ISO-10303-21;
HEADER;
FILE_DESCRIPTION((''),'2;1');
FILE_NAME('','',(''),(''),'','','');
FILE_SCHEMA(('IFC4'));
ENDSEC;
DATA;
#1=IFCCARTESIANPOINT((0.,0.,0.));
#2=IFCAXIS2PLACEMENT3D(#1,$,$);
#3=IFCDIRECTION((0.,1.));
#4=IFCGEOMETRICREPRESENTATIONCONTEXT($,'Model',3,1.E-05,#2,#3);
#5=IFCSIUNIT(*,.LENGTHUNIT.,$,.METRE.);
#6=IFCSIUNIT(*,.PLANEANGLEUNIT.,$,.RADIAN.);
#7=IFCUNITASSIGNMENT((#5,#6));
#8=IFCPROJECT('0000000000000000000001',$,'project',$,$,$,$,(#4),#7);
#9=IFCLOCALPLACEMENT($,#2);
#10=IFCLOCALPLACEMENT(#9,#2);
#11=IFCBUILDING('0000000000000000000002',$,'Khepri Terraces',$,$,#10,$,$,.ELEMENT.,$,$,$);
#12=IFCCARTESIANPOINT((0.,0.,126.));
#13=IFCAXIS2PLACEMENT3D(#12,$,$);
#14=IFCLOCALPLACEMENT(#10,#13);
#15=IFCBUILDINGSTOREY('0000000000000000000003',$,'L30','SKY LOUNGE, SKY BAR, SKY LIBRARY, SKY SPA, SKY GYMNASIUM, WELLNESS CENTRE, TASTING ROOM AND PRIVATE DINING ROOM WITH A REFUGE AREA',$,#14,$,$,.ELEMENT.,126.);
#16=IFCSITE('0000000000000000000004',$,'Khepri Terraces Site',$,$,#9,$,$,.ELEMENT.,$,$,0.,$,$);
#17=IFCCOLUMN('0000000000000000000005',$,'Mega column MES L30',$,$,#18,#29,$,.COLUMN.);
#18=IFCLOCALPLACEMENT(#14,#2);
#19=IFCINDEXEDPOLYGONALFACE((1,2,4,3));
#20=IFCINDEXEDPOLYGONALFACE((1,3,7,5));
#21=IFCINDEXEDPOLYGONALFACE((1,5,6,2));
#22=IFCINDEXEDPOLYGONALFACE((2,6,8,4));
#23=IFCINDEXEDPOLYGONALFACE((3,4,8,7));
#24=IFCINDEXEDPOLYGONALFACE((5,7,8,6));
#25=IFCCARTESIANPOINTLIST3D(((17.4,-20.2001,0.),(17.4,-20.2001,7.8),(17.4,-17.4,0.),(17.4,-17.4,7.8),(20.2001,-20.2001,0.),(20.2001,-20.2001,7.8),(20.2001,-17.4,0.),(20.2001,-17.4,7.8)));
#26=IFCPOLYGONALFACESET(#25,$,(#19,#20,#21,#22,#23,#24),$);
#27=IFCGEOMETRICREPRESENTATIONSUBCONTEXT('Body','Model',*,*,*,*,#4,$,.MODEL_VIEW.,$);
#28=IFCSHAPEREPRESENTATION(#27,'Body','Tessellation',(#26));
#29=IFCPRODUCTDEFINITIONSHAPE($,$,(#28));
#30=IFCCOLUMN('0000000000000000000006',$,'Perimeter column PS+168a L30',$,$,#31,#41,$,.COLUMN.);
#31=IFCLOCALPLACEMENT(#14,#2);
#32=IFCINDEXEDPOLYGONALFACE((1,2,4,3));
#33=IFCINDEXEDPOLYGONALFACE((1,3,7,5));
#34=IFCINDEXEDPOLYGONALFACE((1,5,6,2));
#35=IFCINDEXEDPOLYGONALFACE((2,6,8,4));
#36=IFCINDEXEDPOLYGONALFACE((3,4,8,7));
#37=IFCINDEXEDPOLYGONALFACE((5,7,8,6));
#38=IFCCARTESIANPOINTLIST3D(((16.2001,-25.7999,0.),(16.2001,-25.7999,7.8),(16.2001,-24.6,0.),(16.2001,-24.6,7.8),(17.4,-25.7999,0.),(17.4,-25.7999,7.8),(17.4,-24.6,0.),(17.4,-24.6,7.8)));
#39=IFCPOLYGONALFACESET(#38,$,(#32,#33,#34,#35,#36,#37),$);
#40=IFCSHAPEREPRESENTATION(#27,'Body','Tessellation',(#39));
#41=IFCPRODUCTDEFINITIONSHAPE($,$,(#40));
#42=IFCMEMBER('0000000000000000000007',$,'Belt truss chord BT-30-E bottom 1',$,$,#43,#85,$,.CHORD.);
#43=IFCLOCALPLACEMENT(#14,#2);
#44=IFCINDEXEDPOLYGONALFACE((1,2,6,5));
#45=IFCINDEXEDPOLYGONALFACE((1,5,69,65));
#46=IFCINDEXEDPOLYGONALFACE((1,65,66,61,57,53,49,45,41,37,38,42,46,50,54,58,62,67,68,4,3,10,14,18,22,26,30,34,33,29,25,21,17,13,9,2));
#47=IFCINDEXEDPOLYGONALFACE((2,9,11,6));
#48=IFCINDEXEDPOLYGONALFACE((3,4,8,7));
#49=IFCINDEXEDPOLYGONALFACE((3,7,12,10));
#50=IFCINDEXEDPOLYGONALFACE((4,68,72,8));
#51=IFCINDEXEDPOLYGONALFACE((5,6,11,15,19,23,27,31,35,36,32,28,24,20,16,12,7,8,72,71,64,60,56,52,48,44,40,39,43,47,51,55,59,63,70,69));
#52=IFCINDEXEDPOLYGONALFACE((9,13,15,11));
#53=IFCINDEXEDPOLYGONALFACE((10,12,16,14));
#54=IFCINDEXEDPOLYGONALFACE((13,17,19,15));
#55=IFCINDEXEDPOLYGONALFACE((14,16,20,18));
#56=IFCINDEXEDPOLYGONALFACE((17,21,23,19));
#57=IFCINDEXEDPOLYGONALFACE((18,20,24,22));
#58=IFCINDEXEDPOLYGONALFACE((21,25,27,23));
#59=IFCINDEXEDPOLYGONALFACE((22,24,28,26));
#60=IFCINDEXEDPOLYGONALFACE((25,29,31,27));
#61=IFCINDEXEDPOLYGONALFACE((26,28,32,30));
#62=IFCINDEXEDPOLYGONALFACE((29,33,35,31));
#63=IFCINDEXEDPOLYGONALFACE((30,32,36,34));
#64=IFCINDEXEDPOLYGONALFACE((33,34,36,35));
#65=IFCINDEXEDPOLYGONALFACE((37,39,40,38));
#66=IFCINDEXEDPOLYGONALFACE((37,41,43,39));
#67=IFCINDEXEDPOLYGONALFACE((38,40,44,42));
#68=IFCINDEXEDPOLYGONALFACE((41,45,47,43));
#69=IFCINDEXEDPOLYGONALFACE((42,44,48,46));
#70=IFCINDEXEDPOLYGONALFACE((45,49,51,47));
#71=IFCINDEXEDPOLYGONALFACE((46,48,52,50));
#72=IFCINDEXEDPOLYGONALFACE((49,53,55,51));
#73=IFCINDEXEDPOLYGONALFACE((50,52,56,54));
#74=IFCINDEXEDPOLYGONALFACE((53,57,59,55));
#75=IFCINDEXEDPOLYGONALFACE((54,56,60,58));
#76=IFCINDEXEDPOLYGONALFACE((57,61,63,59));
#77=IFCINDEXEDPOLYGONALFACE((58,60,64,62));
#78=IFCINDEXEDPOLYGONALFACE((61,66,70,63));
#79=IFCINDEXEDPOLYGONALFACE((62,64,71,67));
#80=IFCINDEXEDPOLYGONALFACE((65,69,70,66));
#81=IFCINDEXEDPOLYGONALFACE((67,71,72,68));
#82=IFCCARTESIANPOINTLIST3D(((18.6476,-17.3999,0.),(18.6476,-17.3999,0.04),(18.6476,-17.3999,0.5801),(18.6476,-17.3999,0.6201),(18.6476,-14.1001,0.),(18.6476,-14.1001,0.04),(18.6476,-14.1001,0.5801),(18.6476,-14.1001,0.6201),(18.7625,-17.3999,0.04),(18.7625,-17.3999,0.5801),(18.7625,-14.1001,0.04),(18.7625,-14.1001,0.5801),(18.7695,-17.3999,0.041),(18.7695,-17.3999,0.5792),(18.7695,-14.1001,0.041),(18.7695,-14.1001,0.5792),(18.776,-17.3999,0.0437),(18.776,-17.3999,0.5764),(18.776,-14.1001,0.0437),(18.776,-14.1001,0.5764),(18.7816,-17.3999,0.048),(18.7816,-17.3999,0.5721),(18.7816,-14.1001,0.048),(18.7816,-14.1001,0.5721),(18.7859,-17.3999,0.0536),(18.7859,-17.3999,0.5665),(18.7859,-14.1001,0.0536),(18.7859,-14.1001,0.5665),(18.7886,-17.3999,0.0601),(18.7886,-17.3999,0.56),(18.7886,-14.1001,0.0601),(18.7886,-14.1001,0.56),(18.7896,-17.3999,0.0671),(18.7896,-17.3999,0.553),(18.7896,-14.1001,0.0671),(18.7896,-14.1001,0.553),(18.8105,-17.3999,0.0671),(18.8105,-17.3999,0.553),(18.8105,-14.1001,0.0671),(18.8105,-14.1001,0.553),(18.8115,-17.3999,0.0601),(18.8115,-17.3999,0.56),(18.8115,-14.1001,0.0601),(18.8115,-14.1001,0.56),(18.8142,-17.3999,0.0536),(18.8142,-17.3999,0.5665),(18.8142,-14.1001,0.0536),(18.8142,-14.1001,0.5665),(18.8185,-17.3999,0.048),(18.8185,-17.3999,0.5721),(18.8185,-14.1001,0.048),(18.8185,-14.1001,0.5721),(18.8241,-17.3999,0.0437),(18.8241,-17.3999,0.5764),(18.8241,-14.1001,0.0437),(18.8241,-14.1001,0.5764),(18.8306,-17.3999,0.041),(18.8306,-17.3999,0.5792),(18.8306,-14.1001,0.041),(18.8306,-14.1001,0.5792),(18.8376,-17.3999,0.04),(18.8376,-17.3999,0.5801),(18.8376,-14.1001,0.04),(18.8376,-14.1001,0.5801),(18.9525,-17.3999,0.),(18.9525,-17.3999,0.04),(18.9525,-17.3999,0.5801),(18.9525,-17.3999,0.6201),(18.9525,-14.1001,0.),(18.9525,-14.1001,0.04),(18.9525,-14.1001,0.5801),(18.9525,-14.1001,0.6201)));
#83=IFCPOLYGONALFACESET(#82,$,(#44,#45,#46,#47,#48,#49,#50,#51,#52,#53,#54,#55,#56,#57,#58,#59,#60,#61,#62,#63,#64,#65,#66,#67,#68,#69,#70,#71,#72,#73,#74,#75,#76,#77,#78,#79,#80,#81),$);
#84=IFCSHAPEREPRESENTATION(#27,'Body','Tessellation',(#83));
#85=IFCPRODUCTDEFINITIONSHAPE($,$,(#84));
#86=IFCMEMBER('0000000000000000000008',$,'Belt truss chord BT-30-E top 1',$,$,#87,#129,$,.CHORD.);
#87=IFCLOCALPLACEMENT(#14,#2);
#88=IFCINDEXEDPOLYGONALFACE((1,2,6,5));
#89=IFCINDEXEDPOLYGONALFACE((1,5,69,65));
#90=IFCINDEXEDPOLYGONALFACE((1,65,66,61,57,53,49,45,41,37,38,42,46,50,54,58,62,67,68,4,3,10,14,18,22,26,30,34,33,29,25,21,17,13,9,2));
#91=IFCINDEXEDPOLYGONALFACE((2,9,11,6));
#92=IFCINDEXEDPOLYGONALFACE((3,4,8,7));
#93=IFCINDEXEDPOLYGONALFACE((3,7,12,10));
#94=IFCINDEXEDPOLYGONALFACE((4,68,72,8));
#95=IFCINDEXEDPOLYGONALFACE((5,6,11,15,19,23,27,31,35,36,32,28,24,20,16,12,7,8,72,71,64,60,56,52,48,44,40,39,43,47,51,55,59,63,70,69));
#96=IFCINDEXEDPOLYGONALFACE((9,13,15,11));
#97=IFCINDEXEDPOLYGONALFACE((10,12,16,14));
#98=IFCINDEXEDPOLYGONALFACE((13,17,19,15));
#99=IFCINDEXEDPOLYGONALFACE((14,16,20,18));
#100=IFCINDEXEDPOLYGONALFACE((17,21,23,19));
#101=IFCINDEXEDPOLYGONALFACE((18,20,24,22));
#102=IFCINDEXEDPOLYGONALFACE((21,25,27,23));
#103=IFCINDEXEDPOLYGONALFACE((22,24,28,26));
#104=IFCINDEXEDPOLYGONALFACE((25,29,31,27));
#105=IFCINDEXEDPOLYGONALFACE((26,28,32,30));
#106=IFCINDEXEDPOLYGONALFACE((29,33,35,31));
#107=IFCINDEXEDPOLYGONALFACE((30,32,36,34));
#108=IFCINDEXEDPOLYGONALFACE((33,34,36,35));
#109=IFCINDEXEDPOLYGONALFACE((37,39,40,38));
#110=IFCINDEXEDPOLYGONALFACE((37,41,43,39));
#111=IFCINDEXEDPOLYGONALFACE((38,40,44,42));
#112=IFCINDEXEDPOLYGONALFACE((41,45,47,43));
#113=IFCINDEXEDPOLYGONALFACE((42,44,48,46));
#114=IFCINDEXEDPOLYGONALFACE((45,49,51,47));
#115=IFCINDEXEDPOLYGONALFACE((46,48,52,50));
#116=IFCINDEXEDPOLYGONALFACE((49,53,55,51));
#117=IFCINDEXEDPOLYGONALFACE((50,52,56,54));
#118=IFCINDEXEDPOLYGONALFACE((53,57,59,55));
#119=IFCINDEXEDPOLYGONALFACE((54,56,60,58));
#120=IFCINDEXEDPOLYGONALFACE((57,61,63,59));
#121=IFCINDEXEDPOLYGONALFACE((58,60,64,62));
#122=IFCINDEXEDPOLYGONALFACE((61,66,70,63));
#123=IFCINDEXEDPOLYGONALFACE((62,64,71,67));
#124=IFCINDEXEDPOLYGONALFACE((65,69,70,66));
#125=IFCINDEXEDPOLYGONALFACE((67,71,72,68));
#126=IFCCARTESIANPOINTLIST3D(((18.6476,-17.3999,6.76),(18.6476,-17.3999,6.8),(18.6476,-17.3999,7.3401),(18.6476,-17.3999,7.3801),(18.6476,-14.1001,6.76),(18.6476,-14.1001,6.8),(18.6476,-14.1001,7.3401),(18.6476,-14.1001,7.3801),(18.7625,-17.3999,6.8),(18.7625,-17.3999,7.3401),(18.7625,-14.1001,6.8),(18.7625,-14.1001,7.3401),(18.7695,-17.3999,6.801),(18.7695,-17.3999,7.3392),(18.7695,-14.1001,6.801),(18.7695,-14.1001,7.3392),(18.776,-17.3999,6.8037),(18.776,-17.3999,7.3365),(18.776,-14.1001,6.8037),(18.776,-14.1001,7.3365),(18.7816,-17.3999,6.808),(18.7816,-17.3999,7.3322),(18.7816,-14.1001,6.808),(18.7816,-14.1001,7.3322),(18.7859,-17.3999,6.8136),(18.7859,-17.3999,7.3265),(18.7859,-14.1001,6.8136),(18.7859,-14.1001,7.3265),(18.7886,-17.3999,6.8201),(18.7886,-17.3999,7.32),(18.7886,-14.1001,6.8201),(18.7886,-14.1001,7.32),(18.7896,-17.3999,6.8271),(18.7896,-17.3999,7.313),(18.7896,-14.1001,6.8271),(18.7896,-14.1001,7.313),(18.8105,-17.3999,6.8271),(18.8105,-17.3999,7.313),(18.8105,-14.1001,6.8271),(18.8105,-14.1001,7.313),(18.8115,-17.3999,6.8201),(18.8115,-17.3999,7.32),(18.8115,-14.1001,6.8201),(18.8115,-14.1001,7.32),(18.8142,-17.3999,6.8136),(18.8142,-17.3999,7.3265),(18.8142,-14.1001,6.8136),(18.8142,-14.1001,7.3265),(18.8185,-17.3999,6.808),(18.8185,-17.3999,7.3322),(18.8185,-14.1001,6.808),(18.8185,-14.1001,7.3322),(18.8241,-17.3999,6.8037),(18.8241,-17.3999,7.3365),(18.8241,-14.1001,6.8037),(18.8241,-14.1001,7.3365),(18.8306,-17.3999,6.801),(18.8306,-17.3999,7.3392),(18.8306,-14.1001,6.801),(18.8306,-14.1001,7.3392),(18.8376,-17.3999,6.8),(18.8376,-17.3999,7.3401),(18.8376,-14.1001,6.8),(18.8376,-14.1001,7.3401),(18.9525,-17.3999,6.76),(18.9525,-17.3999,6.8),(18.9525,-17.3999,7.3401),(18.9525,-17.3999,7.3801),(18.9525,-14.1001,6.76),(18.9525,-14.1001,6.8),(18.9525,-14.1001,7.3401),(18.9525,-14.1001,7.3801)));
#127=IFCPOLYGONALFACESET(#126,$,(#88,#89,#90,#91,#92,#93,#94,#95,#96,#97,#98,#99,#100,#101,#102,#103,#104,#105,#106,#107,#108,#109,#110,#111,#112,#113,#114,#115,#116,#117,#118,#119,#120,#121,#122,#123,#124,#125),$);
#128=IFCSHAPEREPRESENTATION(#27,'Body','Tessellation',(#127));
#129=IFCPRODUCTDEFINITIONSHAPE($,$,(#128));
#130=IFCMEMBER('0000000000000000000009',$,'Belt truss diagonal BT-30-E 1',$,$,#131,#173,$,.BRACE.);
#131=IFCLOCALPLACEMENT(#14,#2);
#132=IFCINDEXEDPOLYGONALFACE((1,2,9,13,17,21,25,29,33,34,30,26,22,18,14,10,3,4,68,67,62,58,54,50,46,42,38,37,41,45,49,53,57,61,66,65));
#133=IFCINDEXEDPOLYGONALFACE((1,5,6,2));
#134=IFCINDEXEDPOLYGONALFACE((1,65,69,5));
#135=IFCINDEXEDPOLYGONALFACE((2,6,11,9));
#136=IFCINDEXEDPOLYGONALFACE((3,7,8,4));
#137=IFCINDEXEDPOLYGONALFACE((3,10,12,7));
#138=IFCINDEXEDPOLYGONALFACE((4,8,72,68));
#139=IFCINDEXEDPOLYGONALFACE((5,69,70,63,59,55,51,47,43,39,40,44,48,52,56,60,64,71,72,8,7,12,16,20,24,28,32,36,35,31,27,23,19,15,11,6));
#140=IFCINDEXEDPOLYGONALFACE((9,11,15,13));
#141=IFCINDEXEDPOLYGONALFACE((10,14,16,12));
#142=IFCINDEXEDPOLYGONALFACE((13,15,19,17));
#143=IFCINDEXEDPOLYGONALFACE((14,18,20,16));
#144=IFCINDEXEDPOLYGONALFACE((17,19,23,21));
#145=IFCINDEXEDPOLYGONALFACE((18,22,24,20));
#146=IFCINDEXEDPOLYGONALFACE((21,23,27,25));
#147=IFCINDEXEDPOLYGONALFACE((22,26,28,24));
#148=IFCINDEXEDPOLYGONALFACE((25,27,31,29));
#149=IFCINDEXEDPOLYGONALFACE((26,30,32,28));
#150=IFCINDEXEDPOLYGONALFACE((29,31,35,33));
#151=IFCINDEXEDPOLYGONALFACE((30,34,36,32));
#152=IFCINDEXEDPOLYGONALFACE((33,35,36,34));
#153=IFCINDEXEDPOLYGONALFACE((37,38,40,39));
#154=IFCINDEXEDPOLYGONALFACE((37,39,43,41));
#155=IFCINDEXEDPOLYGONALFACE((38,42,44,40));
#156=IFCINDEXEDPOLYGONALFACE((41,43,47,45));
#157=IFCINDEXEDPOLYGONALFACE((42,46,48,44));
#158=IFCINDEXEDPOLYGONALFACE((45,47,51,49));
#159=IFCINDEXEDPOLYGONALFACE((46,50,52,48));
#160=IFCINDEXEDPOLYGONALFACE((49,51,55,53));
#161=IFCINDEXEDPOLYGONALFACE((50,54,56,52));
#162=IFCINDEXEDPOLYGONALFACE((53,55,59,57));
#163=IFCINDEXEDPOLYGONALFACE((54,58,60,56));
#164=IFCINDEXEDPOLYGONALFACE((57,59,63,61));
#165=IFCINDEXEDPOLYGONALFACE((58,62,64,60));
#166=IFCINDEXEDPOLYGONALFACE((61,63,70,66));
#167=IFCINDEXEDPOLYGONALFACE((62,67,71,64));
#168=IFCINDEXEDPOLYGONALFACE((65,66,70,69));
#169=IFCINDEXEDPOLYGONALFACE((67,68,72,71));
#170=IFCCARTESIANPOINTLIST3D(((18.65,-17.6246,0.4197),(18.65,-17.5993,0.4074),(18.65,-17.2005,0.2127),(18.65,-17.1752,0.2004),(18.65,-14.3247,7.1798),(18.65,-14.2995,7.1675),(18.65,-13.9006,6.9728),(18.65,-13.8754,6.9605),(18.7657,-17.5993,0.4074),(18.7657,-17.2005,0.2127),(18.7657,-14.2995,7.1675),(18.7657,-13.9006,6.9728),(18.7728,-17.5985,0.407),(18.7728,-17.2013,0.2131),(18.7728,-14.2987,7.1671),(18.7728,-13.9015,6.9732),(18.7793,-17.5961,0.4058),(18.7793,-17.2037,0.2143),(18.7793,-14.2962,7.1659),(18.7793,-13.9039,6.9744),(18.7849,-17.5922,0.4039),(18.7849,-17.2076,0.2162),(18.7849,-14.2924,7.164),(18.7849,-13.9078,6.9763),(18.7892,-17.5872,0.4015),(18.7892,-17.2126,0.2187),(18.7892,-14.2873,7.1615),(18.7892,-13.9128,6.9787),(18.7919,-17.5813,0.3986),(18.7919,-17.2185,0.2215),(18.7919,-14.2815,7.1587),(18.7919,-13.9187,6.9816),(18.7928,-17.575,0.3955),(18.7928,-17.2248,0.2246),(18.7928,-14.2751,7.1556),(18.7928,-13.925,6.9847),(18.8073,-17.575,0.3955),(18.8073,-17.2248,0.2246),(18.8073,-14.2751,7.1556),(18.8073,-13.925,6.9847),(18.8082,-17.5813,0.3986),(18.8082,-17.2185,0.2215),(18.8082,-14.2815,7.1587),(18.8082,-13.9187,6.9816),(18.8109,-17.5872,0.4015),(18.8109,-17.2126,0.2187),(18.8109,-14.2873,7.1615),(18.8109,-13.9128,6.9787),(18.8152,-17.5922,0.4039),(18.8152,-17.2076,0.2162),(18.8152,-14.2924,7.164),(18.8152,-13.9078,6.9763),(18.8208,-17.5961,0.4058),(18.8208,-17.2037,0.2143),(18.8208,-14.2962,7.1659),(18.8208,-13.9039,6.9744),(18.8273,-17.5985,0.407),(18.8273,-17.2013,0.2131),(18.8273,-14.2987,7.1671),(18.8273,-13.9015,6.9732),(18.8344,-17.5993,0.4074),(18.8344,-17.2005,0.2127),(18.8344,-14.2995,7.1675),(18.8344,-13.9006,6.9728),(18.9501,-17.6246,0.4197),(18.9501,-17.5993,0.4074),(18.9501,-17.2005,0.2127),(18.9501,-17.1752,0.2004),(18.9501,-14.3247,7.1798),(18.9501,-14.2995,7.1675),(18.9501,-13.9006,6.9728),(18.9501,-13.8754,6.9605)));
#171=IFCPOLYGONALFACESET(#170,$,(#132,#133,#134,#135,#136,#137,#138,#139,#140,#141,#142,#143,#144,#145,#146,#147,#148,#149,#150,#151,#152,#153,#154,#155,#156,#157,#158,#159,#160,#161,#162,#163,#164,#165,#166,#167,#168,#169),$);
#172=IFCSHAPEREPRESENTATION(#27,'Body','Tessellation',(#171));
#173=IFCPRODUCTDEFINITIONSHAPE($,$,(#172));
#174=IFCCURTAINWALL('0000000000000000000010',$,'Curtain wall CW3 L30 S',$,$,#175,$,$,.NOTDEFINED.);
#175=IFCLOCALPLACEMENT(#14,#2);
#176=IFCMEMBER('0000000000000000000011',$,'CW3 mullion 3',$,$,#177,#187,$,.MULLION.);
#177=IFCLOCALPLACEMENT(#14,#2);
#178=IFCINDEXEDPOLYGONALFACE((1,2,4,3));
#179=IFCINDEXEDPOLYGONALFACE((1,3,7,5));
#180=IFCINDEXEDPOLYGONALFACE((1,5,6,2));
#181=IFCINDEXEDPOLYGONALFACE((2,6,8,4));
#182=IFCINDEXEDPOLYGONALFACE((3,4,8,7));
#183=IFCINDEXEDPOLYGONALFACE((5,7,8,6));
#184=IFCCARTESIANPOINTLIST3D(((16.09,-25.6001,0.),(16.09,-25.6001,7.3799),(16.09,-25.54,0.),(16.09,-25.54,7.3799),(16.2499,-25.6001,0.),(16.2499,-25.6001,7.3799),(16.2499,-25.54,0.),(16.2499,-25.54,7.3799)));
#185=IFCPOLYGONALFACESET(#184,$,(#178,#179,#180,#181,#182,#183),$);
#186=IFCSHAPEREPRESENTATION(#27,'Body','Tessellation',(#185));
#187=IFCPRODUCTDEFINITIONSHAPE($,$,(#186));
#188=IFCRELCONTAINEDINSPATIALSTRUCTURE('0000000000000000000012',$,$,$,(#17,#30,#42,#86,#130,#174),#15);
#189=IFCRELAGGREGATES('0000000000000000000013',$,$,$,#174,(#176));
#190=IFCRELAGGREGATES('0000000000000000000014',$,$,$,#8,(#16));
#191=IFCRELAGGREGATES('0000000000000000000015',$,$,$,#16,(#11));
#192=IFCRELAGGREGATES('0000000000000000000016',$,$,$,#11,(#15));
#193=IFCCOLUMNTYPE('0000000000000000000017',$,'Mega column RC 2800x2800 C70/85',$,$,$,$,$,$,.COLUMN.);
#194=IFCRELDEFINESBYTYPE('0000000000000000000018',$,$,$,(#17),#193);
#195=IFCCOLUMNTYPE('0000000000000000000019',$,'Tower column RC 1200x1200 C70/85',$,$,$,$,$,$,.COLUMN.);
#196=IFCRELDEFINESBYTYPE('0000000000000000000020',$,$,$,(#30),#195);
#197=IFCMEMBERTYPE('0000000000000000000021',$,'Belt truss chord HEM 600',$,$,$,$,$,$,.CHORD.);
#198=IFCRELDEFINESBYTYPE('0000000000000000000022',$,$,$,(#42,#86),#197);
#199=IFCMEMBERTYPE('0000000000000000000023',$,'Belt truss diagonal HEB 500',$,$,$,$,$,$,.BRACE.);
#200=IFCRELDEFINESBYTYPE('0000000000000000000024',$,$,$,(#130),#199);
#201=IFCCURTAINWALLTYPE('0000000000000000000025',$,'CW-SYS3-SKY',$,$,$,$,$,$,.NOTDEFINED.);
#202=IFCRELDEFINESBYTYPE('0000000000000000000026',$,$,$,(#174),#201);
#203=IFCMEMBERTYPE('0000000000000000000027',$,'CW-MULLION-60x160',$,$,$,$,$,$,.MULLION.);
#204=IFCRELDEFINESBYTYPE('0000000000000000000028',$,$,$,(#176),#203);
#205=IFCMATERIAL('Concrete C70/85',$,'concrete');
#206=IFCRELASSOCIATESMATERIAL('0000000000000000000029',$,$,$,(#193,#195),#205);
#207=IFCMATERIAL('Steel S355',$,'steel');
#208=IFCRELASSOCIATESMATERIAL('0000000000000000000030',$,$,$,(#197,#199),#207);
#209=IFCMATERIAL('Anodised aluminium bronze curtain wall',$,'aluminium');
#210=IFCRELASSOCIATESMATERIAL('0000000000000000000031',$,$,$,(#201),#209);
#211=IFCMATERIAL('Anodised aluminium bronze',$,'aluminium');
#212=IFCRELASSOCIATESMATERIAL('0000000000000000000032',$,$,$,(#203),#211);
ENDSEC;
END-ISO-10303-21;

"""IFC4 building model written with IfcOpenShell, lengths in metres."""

from ifc_helpers import new_model, si_unit, direction, frame, origin, origin_2d, place, context, subcontext, project, spatial, rectangle, i_section, extrude, material, material_profile, profile_set, type_object, element, aggregate, save


model = new_model("IFC4")

# Units and contexts
model_context = context("Model", 3, precision=1e-05, world=origin(), true_north=direction((0.0, 1.0)))
body_context = subcontext(model_context, "Body", "Model", "MODEL_VIEW")
ifc_project = project(units=[si_unit("LENGTHUNIT", "METRE"), si_unit("PLANEANGLEUNIT", "RADIAN")], contexts=[model_context])

# Site, building, storey
site_placement = place(None, origin())
site = spatial("IfcSite", under=ifc_project, at=site_placement, Name="Khepri Terraces Site", CompositionType="ELEMENT", RefElevation=0.0)
building_placement = place(site_placement, origin())
building = spatial("IfcBuilding", under=site, at=building_placement, Name="Khepri Terraces", CompositionType="ELEMENT")
storey_placement = place(building_placement, frame((0.0, 0.0, 126.0)))
storey = spatial("IfcBuildingStorey", under=building, at=storey_placement, Name="L30", Description="SKY LOUNGE, SKY BAR, SKY LIBRARY, SKY SPA, SKY GYMNASIUM, WELLNESS CENTRE, TASTING ROOM AND PRIVATE DINING ROOM WITH A REFUGE AREA", CompositionType="ELEMENT", Elevation=126.0)

# Columns
ifc_material_1 = material(Name="Concrete C70/85", Category="concrete")
ifc_material_profile_1 = material_profile(ifc_material_1, rectangle(XDim=2.8, YDim=2.8, at=origin_2d()), Name="Concrete C70/85", Category="concrete")
ifc_profile_set_1 = profile_set([ifc_material_profile_1], Name="Concrete C70/85")
column_type_1 = type_object("IfcColumnType", Name="Mega column RC 2800x2800 C70/85", PredefinedType="COLUMN", material=ifc_profile_set_1)
column_1_placement = place(storey_placement, frame((18.8, -18.8, 0.0), z_axis=(0.0, 0.0, 1.0), x_axis=(1.0, 0.0, 0.0)))
element("IfcColumn", 1, at=column_1_placement, inside=storey, type_object=column_type_1, Name="Mega column MES L30", PredefinedType="COLUMN", context=body_context, shape_type="SweptSolid", body=[
    extrude(rectangle(XDim=2.8, YDim=2.8, at=origin_2d()), origin(), (0.0, 0.0, 1.0), 7.8),
])
ifc_material_profile_2 = material_profile(ifc_material_1, rectangle(XDim=1.2, YDim=1.2, at=origin_2d()), Name="Concrete C70/85", Category="concrete")
ifc_profile_set_2 = profile_set([ifc_material_profile_2], Name="Concrete C70/85")
column_type_2 = type_object("IfcColumnType", Name="Tower column RC 1200x1200 C70/85", PredefinedType="COLUMN", material=ifc_profile_set_2)
column_2_placement = place(storey_placement, frame((16.8, -25.2, 0.0), z_axis=(0.0, 0.0, 1.0), x_axis=(1.0, 0.0, 0.0)))
element("IfcColumn", 2, at=column_2_placement, inside=storey, type_object=column_type_2, Name="Perimeter column PS+168a L30", PredefinedType="COLUMN", context=body_context, shape_type="SweptSolid", body=[
    extrude(rectangle(XDim=1.2, YDim=1.2, at=origin_2d()), origin(), (0.0, 0.0, 1.0), 7.8),
])

# Members
ifc_material_2 = material(Name="Steel S355", Category="steel")
ifc_material_profile_3 = material_profile(ifc_material_2, i_section(OverallWidth=0.3049, OverallDepth=0.6201, WebThickness=0.021, FlangeThickness=0.04, FilletRadius=0.0271, at=origin_2d()), Name="Steel S355", Category="steel")
ifc_profile_set_3 = profile_set([ifc_material_profile_3], Name="Steel S355")
member_type_1 = type_object("IfcMemberType", Name="Belt truss chord HEM 600", PredefinedType="CHORD", material=ifc_profile_set_3)
for number, where, z_axis, x_axis, name in (
    (3, (18.8, -17.3999, 0.3101), (0.0, 1.0, 0.0), (-1.0, 0.0, 0.0), "Belt truss chord BT-30-E bottom 1"),
    (4, (18.8, -17.3999, 7.0701), (0.0, 1.0, 0.0), (-1.0, 0.0, 0.0), "Belt truss chord BT-30-E top 1"),
):
    element("IfcMember", number, at=place(storey_placement, frame(where, z_axis=z_axis, x_axis=x_axis)), inside=storey, type_object=member_type_1, Name=name, PredefinedType="CHORD", context=body_context, shape_type="SweptSolid", body=[
        extrude(i_section(OverallWidth=0.3049, OverallDepth=0.6201, WebThickness=0.021, FlangeThickness=0.04, FilletRadius=0.0271, at=origin_2d()), origin(), (0.0, 0.0, 1.0), 3.2998),
    ])
ifc_material_profile_4 = material_profile(ifc_material_2, i_section(OverallWidth=0.3, OverallDepth=0.5, WebThickness=0.0144, FlangeThickness=0.0281, FilletRadius=0.0271, at=origin_2d()), Name="Steel S355", Category="steel")
ifc_profile_set_4 = profile_set([ifc_material_profile_4], Name="Steel S355")
member_type_2 = type_object("IfcMemberType", Name="Belt truss diagonal HEB 500", PredefinedType="BRACE", material=ifc_profile_set_4)
member_1_placement = place(storey_placement, frame((18.8, -17.3999, 0.3101), z_axis=(0.0, 0.438664, 0.898651), x_axis=(-1.0, 0.0, 0.0)))
element("IfcMember", 5, at=member_1_placement, inside=storey, type_object=member_type_2, Name="Belt truss diagonal BT-30-E 1", PredefinedType="BRACE", context=body_context, shape_type="SweptSolid", body=[
    extrude(i_section(OverallWidth=0.3, OverallDepth=0.5, WebThickness=0.0144, FlangeThickness=0.0281, FilletRadius=0.0271, at=origin_2d()), origin(), (0.0, 0.0, 1.0), 7.5225),
])

# Curtain wall, member
ifc_material_3 = material(Name="Anodised aluminium bronze curtain wall", Category="aluminium")
curtain_wall_type = type_object("IfcCurtainWallType", Name="CW-SYS3-SKY", PredefinedType="NOTDEFINED", material=ifc_material_3)
curtain_wall_1_placement = place(storey_placement, origin())
curtain_wall_1 = element("IfcCurtainWall", 6, at=curtain_wall_1_placement, inside=storey, type_object=curtain_wall_type, Name="Curtain wall CW3 L30 S", PredefinedType="NOTDEFINED")
ifc_material_4 = material(Name="Anodised aluminium bronze", Category="aluminium")
ifc_material_profile_5 = material_profile(ifc_material_4, rectangle(XDim=0.0601, YDim=0.1599, at=origin_2d()), Name="Anodised aluminium bronze", Category="aluminium")
ifc_profile_set_5 = profile_set([ifc_material_profile_5], Name="Anodised aluminium bronze")
member_type_3 = type_object("IfcMemberType", Name="CW-MULLION-60x160", PredefinedType="MULLION", material=ifc_profile_set_5)
member_2_placement = place(storey_placement, frame((16.1699, -25.5701, 0.0), z_axis=(0.0, 0.0, 1.0), x_axis=(0.0, 1.0, 0.0)))
member_2 = element("IfcMember", 7, at=member_2_placement, type_object=member_type_3, Name="CW3 mullion 3", PredefinedType="MULLION", context=body_context, shape_type="SweptSolid", body=[
    extrude(rectangle(XDim=0.0601, YDim=0.1599, at=origin_2d()), origin(), (0.0, 0.0, 1.0), 7.3799),
])

aggregate(curtain_wall_1, [member_2])

save(model, "model.ifc")
